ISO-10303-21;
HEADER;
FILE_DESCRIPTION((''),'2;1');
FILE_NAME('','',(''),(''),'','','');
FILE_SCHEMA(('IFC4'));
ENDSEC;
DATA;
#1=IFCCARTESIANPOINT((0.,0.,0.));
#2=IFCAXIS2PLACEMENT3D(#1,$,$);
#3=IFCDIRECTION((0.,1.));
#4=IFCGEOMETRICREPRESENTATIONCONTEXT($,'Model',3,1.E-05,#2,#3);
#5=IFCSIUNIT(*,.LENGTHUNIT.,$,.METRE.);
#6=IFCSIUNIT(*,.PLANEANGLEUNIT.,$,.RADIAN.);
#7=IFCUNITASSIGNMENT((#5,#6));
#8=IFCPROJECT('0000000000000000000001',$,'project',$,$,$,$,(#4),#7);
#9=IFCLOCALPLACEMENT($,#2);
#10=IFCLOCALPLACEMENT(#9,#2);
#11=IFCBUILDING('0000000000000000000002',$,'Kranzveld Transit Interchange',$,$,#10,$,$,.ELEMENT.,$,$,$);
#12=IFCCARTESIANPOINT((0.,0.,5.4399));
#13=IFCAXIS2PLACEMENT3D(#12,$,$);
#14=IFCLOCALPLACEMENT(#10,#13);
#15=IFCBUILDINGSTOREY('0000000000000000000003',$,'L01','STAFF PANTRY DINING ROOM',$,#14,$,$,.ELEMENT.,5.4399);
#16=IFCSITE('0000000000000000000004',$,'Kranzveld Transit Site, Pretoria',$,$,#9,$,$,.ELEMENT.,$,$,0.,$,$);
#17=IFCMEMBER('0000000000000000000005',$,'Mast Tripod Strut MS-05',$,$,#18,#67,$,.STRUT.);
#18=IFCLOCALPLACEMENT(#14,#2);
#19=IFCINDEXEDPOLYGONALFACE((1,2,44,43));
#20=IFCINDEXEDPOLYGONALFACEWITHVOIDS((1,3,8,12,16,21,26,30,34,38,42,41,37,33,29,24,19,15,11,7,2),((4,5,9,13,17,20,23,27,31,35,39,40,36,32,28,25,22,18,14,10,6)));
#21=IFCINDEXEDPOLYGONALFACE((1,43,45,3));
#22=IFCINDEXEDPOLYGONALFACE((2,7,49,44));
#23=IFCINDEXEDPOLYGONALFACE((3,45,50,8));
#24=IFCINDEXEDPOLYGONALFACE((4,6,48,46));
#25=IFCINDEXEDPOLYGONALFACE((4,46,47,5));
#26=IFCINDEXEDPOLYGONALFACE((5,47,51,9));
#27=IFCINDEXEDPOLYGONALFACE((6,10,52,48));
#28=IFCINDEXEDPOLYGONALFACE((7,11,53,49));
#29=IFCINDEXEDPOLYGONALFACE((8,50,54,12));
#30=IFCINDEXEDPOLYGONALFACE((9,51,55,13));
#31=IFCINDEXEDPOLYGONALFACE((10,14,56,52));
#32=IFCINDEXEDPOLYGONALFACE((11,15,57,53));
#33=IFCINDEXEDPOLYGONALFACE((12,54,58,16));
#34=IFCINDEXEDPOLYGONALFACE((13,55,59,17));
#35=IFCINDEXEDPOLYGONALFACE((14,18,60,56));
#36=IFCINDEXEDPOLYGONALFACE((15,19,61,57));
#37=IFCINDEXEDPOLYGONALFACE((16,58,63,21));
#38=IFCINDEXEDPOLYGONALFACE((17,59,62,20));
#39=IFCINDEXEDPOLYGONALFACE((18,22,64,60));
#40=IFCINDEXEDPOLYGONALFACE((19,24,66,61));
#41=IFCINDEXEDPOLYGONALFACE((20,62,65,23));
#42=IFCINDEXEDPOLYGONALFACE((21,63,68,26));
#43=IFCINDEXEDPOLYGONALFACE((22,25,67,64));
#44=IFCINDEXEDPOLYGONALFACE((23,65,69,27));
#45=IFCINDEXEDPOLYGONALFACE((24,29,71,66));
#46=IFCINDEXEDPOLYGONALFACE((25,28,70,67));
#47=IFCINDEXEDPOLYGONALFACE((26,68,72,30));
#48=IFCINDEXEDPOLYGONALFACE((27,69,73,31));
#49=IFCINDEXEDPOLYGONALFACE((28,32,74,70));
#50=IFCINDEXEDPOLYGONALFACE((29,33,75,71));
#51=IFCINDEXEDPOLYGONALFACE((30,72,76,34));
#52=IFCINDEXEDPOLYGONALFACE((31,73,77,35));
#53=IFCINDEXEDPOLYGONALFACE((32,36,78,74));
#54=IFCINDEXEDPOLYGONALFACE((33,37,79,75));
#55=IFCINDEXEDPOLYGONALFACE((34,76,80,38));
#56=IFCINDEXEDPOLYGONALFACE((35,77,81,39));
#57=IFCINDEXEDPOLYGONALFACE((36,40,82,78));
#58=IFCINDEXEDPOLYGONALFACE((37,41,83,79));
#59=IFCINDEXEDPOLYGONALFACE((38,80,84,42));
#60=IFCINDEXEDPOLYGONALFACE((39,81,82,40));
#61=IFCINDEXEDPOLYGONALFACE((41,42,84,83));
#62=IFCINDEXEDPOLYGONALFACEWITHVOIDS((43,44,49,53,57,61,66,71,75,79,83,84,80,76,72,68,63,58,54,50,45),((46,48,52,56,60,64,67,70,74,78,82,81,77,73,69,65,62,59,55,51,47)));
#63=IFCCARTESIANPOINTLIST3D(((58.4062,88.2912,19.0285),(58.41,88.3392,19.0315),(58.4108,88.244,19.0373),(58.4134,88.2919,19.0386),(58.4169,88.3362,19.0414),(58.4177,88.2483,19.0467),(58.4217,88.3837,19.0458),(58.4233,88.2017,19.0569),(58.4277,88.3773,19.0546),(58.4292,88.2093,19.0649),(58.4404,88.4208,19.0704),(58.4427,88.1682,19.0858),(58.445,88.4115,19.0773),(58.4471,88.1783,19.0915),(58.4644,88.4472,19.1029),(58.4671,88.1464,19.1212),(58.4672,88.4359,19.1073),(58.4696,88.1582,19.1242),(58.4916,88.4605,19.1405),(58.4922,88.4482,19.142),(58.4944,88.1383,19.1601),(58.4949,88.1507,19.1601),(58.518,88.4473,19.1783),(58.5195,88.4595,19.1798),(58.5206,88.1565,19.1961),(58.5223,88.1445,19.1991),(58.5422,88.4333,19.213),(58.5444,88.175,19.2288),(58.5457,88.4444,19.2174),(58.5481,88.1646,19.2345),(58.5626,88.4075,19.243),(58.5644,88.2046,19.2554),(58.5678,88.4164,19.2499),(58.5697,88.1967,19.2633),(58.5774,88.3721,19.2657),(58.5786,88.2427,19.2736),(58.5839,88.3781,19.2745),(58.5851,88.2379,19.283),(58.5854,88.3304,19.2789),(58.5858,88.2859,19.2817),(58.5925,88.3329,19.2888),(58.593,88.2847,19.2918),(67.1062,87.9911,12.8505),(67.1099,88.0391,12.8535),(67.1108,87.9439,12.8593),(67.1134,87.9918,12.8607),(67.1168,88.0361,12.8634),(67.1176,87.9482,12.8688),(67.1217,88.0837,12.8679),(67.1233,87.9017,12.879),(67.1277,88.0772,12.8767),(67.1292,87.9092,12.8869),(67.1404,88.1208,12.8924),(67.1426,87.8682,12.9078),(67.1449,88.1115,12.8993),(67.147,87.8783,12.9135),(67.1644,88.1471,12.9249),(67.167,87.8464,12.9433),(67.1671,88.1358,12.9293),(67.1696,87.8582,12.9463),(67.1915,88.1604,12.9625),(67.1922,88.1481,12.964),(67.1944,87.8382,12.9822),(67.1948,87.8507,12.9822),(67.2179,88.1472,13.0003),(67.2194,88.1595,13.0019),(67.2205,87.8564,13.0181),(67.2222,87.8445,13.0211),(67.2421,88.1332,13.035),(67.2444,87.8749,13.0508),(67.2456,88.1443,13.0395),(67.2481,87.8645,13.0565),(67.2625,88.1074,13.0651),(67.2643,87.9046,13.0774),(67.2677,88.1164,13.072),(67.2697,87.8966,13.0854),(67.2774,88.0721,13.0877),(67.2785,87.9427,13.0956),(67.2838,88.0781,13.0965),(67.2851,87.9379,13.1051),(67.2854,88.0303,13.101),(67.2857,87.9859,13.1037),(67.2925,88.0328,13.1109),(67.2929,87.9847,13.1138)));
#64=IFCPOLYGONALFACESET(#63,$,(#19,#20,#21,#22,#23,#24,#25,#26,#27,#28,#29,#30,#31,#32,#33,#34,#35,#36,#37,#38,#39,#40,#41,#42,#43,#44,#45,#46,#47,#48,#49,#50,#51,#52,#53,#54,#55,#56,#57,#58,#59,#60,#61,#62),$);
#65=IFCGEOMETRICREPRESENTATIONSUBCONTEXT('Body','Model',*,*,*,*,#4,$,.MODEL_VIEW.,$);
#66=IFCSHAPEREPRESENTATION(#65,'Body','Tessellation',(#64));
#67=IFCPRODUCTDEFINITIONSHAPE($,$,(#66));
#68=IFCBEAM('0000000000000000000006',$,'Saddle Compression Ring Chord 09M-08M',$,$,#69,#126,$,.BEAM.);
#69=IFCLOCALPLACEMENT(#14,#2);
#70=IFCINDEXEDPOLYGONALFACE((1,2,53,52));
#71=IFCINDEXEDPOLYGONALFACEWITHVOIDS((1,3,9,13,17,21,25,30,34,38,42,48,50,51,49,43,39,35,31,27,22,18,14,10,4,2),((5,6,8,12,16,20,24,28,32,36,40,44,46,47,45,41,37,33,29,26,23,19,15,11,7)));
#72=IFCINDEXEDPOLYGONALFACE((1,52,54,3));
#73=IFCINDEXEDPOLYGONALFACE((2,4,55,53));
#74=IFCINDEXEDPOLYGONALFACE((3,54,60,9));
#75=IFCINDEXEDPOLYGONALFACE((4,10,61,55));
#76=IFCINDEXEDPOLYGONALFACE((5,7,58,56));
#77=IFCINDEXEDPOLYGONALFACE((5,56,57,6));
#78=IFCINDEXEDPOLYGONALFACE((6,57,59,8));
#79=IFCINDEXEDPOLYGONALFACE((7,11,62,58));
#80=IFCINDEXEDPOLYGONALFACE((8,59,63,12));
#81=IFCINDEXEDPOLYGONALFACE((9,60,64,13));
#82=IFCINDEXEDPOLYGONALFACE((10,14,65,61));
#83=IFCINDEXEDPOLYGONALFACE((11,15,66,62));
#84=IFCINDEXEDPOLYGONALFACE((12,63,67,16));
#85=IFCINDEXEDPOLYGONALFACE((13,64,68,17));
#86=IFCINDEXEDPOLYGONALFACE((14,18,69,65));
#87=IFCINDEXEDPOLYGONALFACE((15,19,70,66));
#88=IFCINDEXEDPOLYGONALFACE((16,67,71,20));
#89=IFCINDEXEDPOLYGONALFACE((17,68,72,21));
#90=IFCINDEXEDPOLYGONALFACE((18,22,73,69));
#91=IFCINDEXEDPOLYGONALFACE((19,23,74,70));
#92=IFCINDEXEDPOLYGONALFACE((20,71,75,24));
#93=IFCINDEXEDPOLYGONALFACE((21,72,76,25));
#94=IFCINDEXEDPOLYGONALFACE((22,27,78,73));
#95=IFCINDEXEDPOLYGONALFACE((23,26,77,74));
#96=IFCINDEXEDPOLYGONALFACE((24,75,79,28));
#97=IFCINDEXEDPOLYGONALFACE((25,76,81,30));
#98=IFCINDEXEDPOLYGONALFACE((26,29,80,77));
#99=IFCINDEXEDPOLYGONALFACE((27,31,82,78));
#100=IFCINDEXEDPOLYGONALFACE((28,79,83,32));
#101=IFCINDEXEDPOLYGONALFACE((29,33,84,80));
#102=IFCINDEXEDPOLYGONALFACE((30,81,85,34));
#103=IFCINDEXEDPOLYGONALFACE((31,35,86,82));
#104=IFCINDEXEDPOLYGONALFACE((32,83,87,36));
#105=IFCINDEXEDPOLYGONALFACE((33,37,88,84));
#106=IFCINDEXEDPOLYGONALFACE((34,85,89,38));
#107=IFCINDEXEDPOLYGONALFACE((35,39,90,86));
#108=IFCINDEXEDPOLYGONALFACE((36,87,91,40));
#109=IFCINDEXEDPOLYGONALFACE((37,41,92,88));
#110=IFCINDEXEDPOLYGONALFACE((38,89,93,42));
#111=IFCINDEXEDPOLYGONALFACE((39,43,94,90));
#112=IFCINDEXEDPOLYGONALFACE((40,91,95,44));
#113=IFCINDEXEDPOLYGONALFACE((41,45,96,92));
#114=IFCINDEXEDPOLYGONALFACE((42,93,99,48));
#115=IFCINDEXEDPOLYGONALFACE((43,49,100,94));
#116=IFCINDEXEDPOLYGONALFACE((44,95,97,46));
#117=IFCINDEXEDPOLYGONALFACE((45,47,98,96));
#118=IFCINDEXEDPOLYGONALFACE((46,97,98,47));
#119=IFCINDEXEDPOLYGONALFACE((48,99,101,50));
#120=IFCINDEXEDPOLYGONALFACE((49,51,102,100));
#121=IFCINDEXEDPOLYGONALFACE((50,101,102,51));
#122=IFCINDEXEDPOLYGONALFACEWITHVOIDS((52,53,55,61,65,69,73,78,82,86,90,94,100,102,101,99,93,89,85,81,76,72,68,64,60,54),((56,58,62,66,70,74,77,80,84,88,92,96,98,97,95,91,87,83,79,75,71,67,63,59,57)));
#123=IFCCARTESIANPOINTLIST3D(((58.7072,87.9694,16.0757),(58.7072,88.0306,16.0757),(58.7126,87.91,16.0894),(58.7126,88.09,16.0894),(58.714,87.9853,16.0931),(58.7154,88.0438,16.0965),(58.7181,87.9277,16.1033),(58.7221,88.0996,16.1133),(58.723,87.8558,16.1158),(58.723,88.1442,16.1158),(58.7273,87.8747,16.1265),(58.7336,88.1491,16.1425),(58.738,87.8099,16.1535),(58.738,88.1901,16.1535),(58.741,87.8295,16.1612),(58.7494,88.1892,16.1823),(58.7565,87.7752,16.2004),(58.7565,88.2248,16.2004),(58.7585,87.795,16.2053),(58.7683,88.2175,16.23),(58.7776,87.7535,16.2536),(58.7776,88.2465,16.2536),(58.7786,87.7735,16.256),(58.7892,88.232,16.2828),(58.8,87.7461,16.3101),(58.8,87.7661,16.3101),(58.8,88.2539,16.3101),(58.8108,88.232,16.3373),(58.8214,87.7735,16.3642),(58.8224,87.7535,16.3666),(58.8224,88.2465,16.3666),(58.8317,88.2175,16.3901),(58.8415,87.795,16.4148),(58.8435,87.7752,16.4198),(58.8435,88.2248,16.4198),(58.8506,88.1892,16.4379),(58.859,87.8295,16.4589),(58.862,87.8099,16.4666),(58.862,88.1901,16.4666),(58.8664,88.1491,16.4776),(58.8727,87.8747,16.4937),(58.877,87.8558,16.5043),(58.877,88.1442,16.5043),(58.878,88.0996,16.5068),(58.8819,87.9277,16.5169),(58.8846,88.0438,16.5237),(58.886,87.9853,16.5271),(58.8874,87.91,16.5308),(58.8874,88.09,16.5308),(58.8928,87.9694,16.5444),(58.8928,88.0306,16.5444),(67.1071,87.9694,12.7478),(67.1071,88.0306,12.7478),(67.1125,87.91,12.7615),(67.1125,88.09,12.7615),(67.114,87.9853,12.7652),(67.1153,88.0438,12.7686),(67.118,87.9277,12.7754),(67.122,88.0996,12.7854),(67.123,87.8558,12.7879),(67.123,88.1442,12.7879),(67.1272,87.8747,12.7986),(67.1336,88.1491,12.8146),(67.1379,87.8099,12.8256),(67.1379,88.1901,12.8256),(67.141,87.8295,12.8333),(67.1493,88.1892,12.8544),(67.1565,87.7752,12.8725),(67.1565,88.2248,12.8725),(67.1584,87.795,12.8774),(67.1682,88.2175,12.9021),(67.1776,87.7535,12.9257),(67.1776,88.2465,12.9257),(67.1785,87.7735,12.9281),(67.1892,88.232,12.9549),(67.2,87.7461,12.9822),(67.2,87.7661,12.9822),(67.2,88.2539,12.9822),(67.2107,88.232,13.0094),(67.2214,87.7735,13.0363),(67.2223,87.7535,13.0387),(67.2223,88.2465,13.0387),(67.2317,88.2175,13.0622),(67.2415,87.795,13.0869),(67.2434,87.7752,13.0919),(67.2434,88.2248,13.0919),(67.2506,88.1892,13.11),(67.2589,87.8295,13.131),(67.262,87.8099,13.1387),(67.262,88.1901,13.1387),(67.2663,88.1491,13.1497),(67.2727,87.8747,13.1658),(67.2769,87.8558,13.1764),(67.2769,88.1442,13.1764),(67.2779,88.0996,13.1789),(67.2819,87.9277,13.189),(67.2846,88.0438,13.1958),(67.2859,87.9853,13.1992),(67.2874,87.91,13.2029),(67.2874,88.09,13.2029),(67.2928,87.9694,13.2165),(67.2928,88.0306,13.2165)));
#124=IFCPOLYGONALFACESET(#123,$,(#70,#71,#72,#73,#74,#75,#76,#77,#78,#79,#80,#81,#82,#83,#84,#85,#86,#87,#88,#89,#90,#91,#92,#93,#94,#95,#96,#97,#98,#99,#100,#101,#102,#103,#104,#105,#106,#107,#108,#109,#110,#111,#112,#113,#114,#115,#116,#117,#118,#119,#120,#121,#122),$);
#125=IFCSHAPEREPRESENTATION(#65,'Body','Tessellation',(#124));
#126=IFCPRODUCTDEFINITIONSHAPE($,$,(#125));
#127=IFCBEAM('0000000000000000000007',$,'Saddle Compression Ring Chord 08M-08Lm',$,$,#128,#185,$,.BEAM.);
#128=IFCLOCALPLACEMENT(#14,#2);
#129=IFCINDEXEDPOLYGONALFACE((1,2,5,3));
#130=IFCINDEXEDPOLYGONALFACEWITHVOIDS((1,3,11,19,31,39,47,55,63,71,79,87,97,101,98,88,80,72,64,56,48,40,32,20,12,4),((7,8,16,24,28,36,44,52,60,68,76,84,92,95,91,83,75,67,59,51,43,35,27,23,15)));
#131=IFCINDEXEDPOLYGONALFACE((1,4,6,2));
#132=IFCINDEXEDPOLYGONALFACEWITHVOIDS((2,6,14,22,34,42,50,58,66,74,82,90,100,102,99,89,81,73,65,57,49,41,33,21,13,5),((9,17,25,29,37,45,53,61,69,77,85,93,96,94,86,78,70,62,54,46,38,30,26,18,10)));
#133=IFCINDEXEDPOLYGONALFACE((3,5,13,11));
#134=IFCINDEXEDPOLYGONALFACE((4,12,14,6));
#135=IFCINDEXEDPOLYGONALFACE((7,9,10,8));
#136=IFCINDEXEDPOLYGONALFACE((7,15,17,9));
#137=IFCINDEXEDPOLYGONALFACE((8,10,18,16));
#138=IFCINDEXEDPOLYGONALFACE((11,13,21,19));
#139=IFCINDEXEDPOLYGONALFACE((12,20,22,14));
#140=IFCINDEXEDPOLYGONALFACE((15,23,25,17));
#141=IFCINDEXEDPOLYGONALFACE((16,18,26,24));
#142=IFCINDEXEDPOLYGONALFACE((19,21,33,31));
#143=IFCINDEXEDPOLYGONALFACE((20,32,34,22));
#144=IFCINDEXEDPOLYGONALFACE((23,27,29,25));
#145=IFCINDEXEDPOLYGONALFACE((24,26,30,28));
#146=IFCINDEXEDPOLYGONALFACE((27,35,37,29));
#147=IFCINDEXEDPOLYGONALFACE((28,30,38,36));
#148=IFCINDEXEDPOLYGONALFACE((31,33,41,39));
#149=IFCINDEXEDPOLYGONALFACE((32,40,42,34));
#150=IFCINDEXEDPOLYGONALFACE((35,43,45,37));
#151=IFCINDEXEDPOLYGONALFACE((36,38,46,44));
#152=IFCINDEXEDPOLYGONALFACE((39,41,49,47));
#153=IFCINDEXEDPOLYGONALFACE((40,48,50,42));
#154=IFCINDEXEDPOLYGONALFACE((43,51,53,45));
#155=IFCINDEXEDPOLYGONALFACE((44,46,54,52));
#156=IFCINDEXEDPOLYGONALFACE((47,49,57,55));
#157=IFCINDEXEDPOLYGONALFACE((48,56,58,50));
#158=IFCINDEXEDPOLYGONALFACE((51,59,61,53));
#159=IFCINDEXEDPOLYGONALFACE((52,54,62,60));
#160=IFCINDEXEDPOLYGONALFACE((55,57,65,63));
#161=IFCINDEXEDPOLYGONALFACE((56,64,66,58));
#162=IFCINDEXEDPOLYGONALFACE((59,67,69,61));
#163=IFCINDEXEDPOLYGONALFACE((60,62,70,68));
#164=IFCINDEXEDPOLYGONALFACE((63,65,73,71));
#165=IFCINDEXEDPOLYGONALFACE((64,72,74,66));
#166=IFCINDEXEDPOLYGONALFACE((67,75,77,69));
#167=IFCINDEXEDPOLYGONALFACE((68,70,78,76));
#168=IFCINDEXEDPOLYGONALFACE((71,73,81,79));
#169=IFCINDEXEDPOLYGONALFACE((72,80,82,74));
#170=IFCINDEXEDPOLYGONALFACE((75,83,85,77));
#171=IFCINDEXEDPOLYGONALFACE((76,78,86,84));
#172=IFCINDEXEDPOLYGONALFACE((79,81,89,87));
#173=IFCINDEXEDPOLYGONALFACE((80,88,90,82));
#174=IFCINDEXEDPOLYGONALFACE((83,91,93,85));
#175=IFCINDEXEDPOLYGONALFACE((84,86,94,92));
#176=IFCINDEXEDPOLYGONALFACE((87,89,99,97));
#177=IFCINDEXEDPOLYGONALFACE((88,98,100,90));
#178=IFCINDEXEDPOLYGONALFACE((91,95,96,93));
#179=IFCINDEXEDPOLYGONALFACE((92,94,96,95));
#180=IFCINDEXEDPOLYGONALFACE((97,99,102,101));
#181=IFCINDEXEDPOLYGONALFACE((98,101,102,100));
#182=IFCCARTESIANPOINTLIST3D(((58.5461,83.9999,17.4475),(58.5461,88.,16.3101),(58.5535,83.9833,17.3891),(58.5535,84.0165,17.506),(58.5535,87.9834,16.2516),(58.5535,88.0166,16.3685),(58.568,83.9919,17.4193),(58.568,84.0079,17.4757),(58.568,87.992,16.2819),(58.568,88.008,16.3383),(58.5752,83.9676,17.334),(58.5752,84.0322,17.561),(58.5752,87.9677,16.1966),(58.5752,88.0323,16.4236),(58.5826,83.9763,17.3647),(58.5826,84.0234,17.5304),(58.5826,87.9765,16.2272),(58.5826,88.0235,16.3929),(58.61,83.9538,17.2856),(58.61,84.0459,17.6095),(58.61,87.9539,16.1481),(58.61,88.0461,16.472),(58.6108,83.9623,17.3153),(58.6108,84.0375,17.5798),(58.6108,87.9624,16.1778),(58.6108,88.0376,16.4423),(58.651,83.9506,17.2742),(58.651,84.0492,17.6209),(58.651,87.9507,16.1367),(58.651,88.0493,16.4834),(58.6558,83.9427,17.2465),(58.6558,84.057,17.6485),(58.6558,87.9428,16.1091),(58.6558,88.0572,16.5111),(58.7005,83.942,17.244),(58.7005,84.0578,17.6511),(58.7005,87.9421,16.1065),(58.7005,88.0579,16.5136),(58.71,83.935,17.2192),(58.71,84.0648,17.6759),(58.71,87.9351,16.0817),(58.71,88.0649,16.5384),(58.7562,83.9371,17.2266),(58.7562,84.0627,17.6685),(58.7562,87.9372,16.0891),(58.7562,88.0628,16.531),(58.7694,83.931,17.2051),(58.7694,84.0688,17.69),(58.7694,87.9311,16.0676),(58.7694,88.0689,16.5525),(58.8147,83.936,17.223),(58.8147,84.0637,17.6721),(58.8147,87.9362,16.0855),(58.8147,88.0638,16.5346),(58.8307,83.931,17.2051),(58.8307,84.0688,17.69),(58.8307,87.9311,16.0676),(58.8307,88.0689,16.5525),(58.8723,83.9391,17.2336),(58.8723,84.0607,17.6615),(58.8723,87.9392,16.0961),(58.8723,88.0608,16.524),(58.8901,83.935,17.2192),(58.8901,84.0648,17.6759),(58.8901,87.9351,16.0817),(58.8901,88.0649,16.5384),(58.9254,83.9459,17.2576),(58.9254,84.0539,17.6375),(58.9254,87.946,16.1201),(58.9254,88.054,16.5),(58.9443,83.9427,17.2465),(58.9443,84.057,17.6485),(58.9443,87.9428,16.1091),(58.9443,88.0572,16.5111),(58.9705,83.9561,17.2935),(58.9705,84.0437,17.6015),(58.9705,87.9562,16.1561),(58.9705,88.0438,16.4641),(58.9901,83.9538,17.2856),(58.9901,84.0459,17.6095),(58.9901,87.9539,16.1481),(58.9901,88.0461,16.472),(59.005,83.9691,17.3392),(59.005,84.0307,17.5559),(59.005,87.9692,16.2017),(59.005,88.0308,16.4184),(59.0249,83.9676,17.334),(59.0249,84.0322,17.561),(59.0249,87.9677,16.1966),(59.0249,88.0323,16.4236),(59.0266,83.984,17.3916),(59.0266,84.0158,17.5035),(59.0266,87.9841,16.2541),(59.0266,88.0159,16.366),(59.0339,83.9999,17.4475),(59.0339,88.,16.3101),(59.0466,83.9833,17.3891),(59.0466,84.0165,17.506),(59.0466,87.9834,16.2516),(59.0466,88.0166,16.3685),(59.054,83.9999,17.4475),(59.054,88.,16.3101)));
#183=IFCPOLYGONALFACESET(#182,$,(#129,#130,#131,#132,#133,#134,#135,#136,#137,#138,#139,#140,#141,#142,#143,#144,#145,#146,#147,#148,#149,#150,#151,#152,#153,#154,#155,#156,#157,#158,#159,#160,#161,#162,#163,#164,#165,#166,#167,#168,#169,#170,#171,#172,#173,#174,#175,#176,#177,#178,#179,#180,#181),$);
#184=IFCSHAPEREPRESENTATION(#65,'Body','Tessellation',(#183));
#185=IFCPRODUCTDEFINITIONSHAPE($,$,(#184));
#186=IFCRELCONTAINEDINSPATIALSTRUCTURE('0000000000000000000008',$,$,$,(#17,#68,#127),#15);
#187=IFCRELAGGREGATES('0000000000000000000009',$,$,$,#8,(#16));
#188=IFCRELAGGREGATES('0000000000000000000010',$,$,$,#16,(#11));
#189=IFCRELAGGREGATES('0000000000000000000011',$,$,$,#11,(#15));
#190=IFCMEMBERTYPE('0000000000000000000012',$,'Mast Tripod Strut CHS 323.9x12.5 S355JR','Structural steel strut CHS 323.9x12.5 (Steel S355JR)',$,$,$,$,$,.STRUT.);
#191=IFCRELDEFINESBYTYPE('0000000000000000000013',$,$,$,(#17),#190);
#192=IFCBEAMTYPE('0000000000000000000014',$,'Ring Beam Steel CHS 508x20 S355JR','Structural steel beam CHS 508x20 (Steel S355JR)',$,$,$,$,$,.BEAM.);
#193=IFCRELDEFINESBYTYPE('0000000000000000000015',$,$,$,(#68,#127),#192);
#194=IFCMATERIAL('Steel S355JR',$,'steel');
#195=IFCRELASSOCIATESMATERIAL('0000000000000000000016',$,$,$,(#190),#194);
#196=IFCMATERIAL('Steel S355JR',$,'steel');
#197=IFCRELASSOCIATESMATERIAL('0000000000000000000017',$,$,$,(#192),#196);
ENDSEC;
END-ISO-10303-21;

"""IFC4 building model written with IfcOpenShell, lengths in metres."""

from ifc_helpers import new_model, si_unit, direction, frame, origin, origin_2d, place, context, subcontext, project, spatial, hollow_circle, extrude, material, material_profile, profile_set, type_object, element, save


model = new_model("IFC4")

# Units and contexts
model_context = context("Model", 3, precision=1e-05, world=origin(), true_north=direction((0.0, 1.0)))
body_context = subcontext(model_context, "Body", "Model", "MODEL_VIEW")
ifc_project = project(units=[si_unit("LENGTHUNIT", "METRE"), si_unit("PLANEANGLEUNIT", "RADIAN")], contexts=[model_context])

# Site, building, storey
site_placement = place(None, origin())
site = spatial("IfcSite", under=ifc_project, at=site_placement, Name="Kranzveld Transit Site, Pretoria", CompositionType="ELEMENT", RefElevation=0.0)
building_placement = place(site_placement, origin())
building = spatial("IfcBuilding", under=site, at=building_placement, Name="Kranzveld Transit Interchange", CompositionType="ELEMENT")
storey_placement = place(building_placement, frame((0.0, 0.0, 5.4399)))
storey = spatial("IfcBuildingStorey", under=building, at=storey_placement, Name="L01", Description="STAFF PANTRY DINING ROOM", CompositionType="ELEMENT", Elevation=5.4399)

# Member
ifc_material_1 = material(Name="Steel S355JR", Category="steel")
ifc_material_profile_1 = material_profile(ifc_material_1, hollow_circle(Radius=0.1619, WallThickness=0.0125, at=origin_2d()), Name="CHS 323.9x12.5")
ifc_profile_set_1 = profile_set([ifc_material_profile_1], Name="Steel S355JR")
member_type_1 = type_object("IfcMemberType", Name="Mast Tripod Strut CHS 323.9x12.5 S355JR", Description="Structural steel strut CHS 323.9x12.5 (Steel S355JR)", PredefinedType="STRUT", material=ifc_profile_set_1)
member_1_placement = place(storey_placement, frame((67.2, 88.0, 12.9822), z_axis=(-0.815016, 0.028109, 0.578756), x_axis=(-0.034468, -0.999406, 0.0)))
element("IfcMember", 1, at=member_1_placement, inside=storey, type_object=member_type_1, Name="Mast Tripod Strut MS-05", PredefinedType="STRUT", context=body_context, shape_type="SweptSolid", body=[
    extrude(hollow_circle(Radius=0.1619, WallThickness=0.0125, at=origin_2d()), origin(), (0.0, 0.0, 1.0), 10.6746),
])

# Beams
ifc_material_2 = material(Name="Steel S355JR", Category="steel")
ifc_material_profile_2 = material_profile(ifc_material_2, hollow_circle(Radius=0.2539, WallThickness=0.02, at=origin_2d()), Name="CHS 508x20")
ifc_profile_set_2 = profile_set([ifc_material_profile_2], Name="Steel S355JR")
beam_type = type_object("IfcBeamType", Name="Ring Beam Steel CHS 508x20 S355JR", Description="Structural steel beam CHS 508x20 (Steel S355JR)", PredefinedType="BEAM", material=ifc_profile_set_2)
beam_1_placement = place(storey_placement, frame((67.2, 88.0, 12.9822), z_axis=(-0.929696, 0.0, 0.368328), x_axis=(0.0, -1.0, 0.0)))
element("IfcBeam", 2, at=beam_1_placement, inside=storey, type_object=beam_type, Name="Saddle Compression Ring Chord 09M-08M", PredefinedType="BEAM", context=body_context, shape_type="SweptSolid", body=[
    extrude(hollow_circle(Radius=0.2539, WallThickness=0.02, at=origin_2d()), origin(), (0.0, 0.0, 1.0), 9.0352),
])
beam_2_placement = place(storey_placement, frame((58.8, 88.0, 16.3101), z_axis=(0.0, -0.961867, 0.273519), x_axis=(1.0, 0.0, 0.0)))
element("IfcBeam", 3, at=beam_2_placement, inside=storey, type_object=beam_type, Name="Saddle Compression Ring Chord 08M-08Lm", PredefinedType="BEAM", context=body_context, shape_type="SweptSolid", body=[
    extrude(hollow_circle(Radius=0.2539, WallThickness=0.02, at=origin_2d()), origin(), (0.0, 0.0, 1.0), 4.1587),
])

save(model, "model.ifc")
